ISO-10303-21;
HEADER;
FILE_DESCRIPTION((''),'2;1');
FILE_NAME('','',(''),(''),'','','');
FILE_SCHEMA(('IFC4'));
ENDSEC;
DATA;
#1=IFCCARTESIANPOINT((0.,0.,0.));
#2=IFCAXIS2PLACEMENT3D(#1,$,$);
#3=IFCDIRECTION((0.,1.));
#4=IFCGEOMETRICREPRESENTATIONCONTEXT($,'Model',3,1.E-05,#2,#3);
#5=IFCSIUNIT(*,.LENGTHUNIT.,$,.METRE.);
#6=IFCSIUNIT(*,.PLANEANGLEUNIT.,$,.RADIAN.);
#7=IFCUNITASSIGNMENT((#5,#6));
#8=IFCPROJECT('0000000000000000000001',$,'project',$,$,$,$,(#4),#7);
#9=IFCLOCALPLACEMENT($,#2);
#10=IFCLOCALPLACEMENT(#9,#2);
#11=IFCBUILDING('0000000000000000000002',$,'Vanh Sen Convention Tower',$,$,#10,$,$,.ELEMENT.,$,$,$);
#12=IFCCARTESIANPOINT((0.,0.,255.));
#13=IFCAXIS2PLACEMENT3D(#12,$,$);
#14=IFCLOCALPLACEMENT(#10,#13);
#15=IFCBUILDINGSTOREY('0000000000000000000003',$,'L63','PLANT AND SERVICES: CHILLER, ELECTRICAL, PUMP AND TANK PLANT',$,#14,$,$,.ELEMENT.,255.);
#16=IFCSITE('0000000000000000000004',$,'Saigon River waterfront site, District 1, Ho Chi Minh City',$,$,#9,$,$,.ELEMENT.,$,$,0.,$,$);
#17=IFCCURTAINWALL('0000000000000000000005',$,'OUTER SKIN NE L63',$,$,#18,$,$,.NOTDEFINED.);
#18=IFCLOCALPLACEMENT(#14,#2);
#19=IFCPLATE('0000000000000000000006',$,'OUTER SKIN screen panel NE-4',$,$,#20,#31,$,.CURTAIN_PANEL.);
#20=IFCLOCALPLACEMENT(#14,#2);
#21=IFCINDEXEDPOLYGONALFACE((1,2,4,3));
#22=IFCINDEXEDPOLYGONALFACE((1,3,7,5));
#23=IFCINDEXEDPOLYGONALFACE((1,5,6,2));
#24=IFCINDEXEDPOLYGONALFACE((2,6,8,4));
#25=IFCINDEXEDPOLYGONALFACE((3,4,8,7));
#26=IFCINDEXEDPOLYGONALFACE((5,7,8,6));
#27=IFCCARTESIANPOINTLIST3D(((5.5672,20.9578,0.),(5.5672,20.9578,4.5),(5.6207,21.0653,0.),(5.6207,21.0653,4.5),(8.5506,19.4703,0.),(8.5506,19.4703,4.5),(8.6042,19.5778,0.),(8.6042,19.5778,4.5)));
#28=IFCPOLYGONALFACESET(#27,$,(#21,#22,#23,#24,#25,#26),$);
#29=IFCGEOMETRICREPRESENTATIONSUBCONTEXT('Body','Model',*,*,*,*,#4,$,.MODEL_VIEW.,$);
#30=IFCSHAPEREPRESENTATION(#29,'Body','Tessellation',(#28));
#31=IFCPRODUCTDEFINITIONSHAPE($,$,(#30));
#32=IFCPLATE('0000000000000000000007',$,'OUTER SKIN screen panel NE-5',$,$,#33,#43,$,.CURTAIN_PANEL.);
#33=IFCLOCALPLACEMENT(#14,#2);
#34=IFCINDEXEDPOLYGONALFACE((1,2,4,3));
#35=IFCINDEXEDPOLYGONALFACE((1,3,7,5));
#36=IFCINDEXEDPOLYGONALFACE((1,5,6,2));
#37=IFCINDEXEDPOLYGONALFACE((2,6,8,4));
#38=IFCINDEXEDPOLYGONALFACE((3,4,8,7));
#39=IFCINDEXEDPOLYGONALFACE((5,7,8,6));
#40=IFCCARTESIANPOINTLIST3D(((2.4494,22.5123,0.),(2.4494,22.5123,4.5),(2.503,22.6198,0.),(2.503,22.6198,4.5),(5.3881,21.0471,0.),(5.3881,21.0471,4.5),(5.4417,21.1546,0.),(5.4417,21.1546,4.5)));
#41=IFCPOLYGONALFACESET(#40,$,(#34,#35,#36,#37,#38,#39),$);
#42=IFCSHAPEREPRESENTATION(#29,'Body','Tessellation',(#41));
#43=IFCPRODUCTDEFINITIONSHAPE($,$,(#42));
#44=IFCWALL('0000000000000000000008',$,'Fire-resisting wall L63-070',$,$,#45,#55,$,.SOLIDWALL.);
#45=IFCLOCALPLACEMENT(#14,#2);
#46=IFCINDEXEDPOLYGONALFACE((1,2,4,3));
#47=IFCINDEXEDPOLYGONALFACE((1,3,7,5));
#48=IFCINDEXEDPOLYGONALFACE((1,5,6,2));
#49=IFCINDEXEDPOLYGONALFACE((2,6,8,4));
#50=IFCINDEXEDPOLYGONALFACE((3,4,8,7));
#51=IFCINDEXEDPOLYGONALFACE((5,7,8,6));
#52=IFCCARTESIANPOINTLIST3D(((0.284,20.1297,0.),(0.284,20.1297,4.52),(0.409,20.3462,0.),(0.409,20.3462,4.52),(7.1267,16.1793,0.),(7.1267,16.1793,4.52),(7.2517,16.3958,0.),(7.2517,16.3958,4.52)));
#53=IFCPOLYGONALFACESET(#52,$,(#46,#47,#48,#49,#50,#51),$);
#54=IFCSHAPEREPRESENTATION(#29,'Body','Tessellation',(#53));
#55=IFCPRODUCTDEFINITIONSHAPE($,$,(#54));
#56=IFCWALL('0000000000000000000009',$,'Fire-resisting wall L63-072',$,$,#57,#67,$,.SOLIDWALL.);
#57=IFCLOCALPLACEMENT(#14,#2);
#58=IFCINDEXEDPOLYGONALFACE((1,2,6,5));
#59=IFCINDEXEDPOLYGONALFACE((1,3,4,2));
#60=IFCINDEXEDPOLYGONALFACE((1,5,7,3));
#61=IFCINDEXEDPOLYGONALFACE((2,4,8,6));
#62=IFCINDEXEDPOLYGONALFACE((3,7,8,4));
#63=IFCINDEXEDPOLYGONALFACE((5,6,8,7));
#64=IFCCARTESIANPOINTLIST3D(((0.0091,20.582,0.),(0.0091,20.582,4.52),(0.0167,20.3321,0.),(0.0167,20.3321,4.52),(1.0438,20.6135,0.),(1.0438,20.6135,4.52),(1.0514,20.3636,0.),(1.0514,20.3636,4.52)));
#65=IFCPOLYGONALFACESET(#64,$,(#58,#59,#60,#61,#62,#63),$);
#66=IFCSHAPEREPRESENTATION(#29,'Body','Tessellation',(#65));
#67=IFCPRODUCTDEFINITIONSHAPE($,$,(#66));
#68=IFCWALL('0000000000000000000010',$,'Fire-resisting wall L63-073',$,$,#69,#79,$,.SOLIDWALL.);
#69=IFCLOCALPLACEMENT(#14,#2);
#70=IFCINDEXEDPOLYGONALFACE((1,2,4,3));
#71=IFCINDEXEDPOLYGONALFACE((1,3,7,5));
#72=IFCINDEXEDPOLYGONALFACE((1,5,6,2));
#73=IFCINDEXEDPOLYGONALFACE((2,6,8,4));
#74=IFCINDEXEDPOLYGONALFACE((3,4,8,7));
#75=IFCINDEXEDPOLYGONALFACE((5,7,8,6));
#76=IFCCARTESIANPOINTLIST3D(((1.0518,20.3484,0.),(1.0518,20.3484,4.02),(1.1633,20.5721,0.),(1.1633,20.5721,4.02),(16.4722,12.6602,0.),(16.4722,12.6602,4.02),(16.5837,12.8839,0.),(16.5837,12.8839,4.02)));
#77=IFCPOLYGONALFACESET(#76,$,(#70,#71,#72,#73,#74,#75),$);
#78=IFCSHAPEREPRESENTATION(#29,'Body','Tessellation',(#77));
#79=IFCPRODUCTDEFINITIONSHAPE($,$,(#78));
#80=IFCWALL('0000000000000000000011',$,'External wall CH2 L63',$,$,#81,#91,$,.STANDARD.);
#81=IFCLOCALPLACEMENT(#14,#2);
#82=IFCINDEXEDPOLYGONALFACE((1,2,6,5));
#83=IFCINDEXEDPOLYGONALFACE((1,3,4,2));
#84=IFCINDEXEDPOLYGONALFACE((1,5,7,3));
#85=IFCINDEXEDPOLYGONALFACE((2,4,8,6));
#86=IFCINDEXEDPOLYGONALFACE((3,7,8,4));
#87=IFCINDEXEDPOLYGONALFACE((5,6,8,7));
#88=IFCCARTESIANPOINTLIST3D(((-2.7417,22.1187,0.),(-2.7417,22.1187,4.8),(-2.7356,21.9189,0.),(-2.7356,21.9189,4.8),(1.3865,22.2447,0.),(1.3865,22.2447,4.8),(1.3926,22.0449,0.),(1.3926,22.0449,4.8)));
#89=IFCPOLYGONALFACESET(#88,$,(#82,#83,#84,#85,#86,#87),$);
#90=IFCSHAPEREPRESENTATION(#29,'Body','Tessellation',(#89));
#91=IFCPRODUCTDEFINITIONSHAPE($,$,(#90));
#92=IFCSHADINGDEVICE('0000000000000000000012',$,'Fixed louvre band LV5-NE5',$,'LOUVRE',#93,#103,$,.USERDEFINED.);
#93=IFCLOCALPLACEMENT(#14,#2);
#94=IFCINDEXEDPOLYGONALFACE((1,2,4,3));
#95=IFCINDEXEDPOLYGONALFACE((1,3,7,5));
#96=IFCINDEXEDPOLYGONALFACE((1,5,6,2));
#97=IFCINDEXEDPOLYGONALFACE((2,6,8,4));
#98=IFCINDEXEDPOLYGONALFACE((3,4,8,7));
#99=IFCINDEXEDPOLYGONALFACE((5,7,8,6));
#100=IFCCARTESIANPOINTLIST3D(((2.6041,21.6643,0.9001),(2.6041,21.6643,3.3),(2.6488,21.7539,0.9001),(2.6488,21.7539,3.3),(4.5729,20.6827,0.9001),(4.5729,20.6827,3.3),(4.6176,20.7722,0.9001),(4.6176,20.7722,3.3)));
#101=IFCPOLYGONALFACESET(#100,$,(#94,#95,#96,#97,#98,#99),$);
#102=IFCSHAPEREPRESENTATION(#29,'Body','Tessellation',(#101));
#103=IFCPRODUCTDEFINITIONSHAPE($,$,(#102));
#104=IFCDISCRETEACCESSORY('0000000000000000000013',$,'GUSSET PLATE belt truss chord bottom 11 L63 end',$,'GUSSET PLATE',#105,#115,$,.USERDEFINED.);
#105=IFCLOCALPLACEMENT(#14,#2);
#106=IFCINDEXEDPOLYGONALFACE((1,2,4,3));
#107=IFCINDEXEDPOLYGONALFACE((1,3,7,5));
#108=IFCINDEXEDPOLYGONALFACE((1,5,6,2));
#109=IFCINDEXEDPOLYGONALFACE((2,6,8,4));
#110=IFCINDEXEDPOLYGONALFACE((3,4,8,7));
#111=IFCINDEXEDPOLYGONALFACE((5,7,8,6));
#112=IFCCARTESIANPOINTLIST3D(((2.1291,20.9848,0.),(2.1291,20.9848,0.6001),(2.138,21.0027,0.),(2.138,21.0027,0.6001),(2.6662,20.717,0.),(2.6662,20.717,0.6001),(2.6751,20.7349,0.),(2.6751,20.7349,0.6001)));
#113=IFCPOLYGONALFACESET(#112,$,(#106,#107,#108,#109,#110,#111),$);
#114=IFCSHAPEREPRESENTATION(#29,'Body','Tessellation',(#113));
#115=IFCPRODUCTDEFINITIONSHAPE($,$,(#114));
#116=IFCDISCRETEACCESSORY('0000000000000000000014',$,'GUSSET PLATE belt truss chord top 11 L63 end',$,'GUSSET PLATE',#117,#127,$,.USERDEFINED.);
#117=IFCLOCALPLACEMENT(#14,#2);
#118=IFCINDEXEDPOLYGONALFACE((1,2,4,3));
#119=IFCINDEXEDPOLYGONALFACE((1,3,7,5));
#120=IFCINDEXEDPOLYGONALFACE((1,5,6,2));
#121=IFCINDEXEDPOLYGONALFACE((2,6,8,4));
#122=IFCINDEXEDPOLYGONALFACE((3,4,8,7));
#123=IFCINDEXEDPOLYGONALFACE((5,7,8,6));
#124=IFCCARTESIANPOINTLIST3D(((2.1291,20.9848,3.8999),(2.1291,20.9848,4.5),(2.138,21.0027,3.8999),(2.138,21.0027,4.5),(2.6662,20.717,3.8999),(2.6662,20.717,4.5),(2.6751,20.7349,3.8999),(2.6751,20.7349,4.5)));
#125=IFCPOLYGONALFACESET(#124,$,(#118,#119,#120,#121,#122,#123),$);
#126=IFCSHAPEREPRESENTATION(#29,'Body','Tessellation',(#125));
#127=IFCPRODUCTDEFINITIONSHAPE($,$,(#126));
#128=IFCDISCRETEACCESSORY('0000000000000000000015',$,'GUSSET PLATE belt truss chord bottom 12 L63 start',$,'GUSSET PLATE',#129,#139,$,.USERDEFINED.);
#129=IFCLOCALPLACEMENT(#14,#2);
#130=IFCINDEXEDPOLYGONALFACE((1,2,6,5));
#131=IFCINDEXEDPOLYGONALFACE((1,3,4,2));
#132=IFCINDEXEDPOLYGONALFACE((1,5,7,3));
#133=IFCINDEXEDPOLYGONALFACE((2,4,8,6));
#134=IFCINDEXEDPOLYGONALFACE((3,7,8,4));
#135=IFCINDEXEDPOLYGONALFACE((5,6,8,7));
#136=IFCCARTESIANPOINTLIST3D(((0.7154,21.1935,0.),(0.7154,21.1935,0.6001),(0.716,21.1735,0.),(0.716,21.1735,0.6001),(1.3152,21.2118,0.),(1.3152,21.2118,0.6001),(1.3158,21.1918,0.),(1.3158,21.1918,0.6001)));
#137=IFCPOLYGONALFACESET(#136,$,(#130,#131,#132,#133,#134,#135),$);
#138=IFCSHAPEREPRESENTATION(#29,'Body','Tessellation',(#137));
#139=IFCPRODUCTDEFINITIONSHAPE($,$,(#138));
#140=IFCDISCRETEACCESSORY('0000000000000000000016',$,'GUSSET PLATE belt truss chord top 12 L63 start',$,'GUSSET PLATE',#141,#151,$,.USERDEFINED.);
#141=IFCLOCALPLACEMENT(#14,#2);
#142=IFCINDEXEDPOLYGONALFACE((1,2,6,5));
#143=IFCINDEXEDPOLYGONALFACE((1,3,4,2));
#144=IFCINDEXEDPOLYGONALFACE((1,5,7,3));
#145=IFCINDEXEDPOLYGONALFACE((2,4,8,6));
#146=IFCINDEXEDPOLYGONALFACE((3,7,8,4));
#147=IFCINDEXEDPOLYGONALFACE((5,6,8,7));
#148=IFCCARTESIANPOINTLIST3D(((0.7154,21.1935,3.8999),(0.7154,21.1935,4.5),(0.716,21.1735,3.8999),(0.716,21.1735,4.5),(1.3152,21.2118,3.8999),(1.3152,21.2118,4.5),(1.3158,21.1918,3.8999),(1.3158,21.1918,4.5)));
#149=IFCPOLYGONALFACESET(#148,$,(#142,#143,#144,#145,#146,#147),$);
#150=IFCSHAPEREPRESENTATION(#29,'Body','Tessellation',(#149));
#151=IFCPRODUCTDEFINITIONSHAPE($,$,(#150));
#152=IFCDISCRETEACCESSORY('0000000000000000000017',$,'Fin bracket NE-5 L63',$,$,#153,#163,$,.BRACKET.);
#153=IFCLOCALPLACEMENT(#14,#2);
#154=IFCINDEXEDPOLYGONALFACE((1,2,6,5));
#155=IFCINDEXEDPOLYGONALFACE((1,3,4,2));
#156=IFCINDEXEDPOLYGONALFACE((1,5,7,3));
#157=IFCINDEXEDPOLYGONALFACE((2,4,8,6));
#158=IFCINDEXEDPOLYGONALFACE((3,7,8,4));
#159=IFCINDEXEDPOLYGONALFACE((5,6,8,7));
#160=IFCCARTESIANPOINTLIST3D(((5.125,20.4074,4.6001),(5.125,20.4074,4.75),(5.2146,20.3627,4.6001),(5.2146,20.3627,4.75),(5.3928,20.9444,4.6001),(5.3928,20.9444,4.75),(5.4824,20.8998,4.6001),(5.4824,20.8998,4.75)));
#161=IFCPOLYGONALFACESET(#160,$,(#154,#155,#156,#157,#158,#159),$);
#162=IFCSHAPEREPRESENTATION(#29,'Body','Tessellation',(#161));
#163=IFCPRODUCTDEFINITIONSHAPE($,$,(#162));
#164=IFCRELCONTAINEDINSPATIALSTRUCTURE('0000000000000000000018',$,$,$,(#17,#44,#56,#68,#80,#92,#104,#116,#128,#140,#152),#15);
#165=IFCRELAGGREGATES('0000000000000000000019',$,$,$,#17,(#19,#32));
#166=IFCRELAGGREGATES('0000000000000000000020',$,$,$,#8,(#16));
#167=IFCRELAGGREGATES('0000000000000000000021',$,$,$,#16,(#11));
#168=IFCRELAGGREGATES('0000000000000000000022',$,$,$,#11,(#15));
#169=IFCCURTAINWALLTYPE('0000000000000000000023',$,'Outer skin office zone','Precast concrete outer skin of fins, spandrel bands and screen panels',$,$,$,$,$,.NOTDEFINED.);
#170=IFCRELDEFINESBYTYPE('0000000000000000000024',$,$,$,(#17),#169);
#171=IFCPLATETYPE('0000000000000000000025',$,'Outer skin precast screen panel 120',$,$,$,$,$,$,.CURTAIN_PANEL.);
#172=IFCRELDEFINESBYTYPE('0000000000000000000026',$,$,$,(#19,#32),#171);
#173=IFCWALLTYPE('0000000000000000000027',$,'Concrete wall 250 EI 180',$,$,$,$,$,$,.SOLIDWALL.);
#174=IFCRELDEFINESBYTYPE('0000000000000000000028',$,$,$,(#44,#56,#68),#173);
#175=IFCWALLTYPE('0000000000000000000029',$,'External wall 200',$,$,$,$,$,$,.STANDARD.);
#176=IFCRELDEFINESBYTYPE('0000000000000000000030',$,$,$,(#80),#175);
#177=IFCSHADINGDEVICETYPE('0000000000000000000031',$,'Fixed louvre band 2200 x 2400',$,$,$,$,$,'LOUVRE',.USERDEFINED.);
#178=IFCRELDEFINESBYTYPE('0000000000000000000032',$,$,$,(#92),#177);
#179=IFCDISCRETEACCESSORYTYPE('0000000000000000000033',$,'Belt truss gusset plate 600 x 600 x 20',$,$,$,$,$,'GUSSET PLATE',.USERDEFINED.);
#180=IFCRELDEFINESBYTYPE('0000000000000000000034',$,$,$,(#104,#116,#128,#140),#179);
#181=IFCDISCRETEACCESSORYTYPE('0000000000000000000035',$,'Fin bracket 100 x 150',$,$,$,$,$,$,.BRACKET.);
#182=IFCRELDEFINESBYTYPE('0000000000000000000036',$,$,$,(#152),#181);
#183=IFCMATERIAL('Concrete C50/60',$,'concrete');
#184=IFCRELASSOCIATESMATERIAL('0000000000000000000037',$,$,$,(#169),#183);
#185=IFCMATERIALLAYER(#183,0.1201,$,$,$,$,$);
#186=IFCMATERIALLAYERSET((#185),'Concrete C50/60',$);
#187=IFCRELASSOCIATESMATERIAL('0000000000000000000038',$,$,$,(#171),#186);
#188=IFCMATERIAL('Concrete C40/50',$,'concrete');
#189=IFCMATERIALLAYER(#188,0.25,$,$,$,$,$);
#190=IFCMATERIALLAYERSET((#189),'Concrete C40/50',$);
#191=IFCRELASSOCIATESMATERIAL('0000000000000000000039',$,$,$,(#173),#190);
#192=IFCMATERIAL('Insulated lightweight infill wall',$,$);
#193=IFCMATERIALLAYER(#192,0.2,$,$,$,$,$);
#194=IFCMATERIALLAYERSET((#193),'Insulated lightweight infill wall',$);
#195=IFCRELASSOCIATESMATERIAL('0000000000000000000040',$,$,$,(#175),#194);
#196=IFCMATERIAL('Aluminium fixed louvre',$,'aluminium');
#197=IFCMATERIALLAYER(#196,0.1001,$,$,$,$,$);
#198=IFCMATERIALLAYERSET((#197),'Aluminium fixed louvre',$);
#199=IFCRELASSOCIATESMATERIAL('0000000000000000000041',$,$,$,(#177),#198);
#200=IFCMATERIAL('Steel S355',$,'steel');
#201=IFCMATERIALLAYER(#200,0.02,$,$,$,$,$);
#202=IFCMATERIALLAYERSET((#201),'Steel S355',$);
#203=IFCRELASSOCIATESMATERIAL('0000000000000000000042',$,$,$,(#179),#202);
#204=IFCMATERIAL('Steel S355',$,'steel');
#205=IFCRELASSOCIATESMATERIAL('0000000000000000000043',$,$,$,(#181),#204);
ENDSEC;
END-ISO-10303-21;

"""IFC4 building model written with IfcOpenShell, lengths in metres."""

from ifc_helpers import new_model, si_unit, direction, frame, frame_2d, origin, origin_2d, place, context, subcontext, project, spatial, rectangle, extrude, material, layer, layer_set, type_object, element, aggregate, save


model = new_model("IFC4")

# Units and contexts
model_context = context("Model", 3, precision=1e-05, world=origin(), true_north=direction((0.0, 1.0)))
body_context = subcontext(model_context, "Body", "Model", "MODEL_VIEW")
ifc_project = project(units=[si_unit("LENGTHUNIT", "METRE"), si_unit("PLANEANGLEUNIT", "RADIAN")], contexts=[model_context])

# Site, building, storey
site_placement = place(None, origin())
site = spatial("IfcSite", under=ifc_project, at=site_placement, Name="Saigon River waterfront site, District 1, Ho Chi Minh City", CompositionType="ELEMENT", RefElevation=0.0)
building_placement = place(site_placement, origin())
building = spatial("IfcBuilding", under=site, at=building_placement, Name="Vanh Sen Convention Tower", CompositionType="ELEMENT")
storey_placement = place(building_placement, frame((0.0, 0.0, 255.0)))
storey = spatial("IfcBuildingStorey", under=building, at=storey_placement, Name="L63", Description="PLANT AND SERVICES: CHILLER, ELECTRICAL, PUMP AND TANK PLANT", CompositionType="ELEMENT", Elevation=255.0)

# Shared definitions
ifc_material_1 = material(Name="Steel S355", Category="steel")

# Curtain wall
ifc_material_2 = material(Name="Concrete C50/60", Category="concrete")
curtain_wall_type = type_object("IfcCurtainWallType", Name="Outer skin office zone", Description="Precast concrete outer skin of fins, spandrel bands and screen panels", PredefinedType="NOTDEFINED", material=ifc_material_2)
curtain_wall_1_placement = place(storey_placement, origin())
curtain_wall_1 = element("IfcCurtainWall", 1, at=curtain_wall_1_placement, inside=storey, type_object=curtain_wall_type, Name="OUTER SKIN NE L63", PredefinedType="NOTDEFINED")

# Plates
ifc_layer_1 = layer(ifc_material_2, 0.1201)
ifc_layer_set_1 = layer_set([ifc_layer_1], Name="Concrete C50/60")
plate_type = type_object("IfcPlateType", Name="Outer skin precast screen panel 120", PredefinedType="CURTAIN_PANEL", material=ifc_layer_set_1)
plate_1_placement = place(storey_placement, frame((7.0857, 20.2678, 0.0), z_axis=(0.0, 0.0, 1.0), x_axis=(-0.894936, 0.446195, 0.0)))
plate_1 = element("IfcPlate", 2, at=plate_1_placement, type_object=plate_type, Name="OUTER SKIN screen panel NE-4", PredefinedType="CURTAIN_PANEL", context=body_context, shape_type="SweptSolid", body=[
    extrude(rectangle(XDim=3.3337, YDim=0.1201, at=origin_2d()), origin(), (0.0, 0.0, 1.0), 4.5),
])
plate_2_placement = place(storey_placement, frame((3.9456, 21.8335, 0.0), z_axis=(0.0, 0.0, 1.0), x_axis=(-0.89493, 0.446206, 0.0)))
plate_2 = element("IfcPlate", 3, at=plate_2_placement, type_object=plate_type, Name="OUTER SKIN screen panel NE-5", PredefinedType="CURTAIN_PANEL", context=body_context, shape_type="SweptSolid", body=[
    extrude(rectangle(XDim=3.2837, YDim=0.1201, at=origin_2d()), origin(), (0.0, 0.0, 1.0), 4.5),
])
aggregate(curtain_wall_1, [plate_1, plate_2])

# Walls
ifc_material_3 = material(Name="Concrete C40/50", Category="concrete")
ifc_layer_2 = layer(ifc_material_3, 0.25)
ifc_layer_set_2 = layer_set([ifc_layer_2], Name="Concrete C40/50")
wall_type_1 = type_object("IfcWallType", Name="Concrete wall 250 EI 180", PredefinedType="SOLIDWALL", material=ifc_layer_set_2)
wall_1_placement = place(storey_placement, frame((0.3464, 20.238, 0.0), z_axis=(0.0, 0.0, 1.0), x_axis=(0.866038, -0.499977, 0.0)))
element("IfcWall", 4, at=wall_1_placement, inside=storey, type_object=wall_type_1, Name="Fire-resisting wall L63-070", PredefinedType="SOLIDWALL", context=body_context, shape_type="SweptSolid", body=[
    extrude(rectangle(XDim=7.9011, YDim=0.25, at=frame_2d((3.9507, 0.0))), origin(), (0.0, 0.0, 1.0), 4.52),
])
wall_2_placement = place(storey_placement, frame((0.0129, 20.457, 0.0), z_axis=(0.0, 0.0, 1.0), x_axis=(0.999537, 0.030425, 0.0)))
element("IfcWall", 5, at=wall_2_placement, inside=storey, type_object=wall_type_1, Name="Fire-resisting wall L63-072", PredefinedType="SOLIDWALL", context=body_context, shape_type="SweptSolid", body=[
    extrude(rectangle(XDim=1.0352, YDim=0.25, at=frame_2d((0.5176, 0.0))), origin(), (0.0, 0.0, 1.0), 4.52),
])
wall_3_placement = place(storey_placement, frame((1.1077, 20.4602, 0.0), z_axis=(0.0, 0.0, 1.0), x_axis=(0.894937, -0.446193, 0.0)))
element("IfcWall", 6, at=wall_3_placement, inside=storey, type_object=wall_type_1, Name="Fire-resisting wall L63-073", PredefinedType="SOLIDWALL", context=body_context, shape_type="SweptSolid", body=[
    extrude(rectangle(XDim=17.2307, YDim=0.25, at=frame_2d((8.6152, 0.0))), origin(), (0.0, 0.0, 1.0), 4.02),
])
ifc_material_4 = material(Name="Insulated lightweight infill wall")
ifc_layer_3 = layer(ifc_material_4, 0.2)
ifc_layer_set_3 = layer_set([ifc_layer_3], Name="Insulated lightweight infill wall")
wall_type_2 = type_object("IfcWallType", Name="External wall 200", PredefinedType="STANDARD", material=ifc_layer_set_3)
wall_4_placement = place(storey_placement, frame((1.3894, 22.1448, 0.0), z_axis=(0.0, 0.0, 1.0), x_axis=(-0.999535, -0.030502, 0.0)))
element("IfcWall", 7, at=wall_4_placement, inside=storey, type_object=wall_type_2, Name="External wall CH2 L63", PredefinedType="STANDARD", context=body_context, shape_type="SweptSolid", body=[
    extrude(rectangle(XDim=4.1301, YDim=0.2, at=frame_2d((2.0649, 0.0))), origin(), (0.0, 0.0, 1.0), 4.8),
])

# Shading device
ifc_material_5 = material(Name="Aluminium fixed louvre", Category="aluminium")
ifc_layer_4 = layer(ifc_material_5, 0.1001)
ifc_layer_set_4 = layer_set([ifc_layer_4], Name="Aluminium fixed louvre")
shading_device_type = type_object("IfcShadingDeviceType", Name="Fixed louvre band 2200 x 2400", ElementType="LOUVRE", PredefinedType="USERDEFINED", material=ifc_layer_set_4)
shading_device_placement = place(storey_placement, frame((3.6108, 21.2183, 0.9001), z_axis=(0.0, 0.0, 1.0), x_axis=(-0.894935, 0.446196, 0.0)))
element("IfcShadingDevice", 8, at=shading_device_placement, inside=storey, type_object=shading_device_type, Name="Fixed louvre band LV5-NE5", ObjectType="LOUVRE", PredefinedType="USERDEFINED", context=body_context, shape_type="SweptSolid", body=[
    extrude(rectangle(XDim=2.2, YDim=0.1001, at=origin_2d()), origin(), (0.0, 0.0, 1.0), 2.3999),
])

# Discrete accessories
ifc_layer_5 = layer(ifc_material_1, 0.02)
ifc_layer_set_5 = layer_set([ifc_layer_5], Name="Steel S355")
discrete_accessory_type_1 = type_object("IfcDiscreteAccessoryType", Name="Belt truss gusset plate 600 x 600 x 20", ElementType="GUSSET PLATE", PredefinedType="USERDEFINED", material=ifc_layer_set_5)
for number, where, z_axis, x_axis, name in (
    (9, (2.4021, 20.8599, 0.0), (0.0, 0.0, 1.0), (0.89493, -0.446206, 0.0), "GUSSET PLATE belt truss chord bottom 11 L63 end"),
    (10, (2.4021, 20.8599, 3.8999), (0.0, 0.0, 1.0), (0.89493, -0.446206, 0.0), "GUSSET PLATE belt truss chord top 11 L63 end"),
    (11, (1.0156, 21.1926, 0.0), (0.0, 0.0, 1.0), (-0.999533, -0.030545, 0.0), "GUSSET PLATE belt truss chord bottom 12 L63 start"),
    (12, (1.0156, 21.1926, 3.8999), (0.0, 0.0, 1.0), (-0.999533, -0.030545, 0.0), "GUSSET PLATE belt truss chord top 12 L63 start"),
):
    element("IfcDiscreteAccessory", number, at=place(storey_placement, frame(where, z_axis=z_axis, x_axis=x_axis)), inside=storey, type_object=discrete_accessory_type_1, Name=name, ObjectType="GUSSET PLATE", PredefinedType="USERDEFINED", context=body_context, shape_type="SweptSolid", body=[
        extrude(rectangle(XDim=0.6001, YDim=0.02, at=origin_2d()), origin(), (0.0, 0.0, 1.0), 0.6001),
    ])
ifc_material_6 = material(Name="Steel S355", Category="steel")
discrete_accessory_type_2 = type_object("IfcDiscreteAccessoryType", Name="Fin bracket 100 x 150", PredefinedType="BRACKET", material=ifc_material_6)
discrete_accessory_placement = place(storey_placement, frame((5.3037, 20.6536, 4.6001), z_axis=(0.0, 0.0, 1.0), x_axis=(0.446198, 0.894934, 0.0)))
element("IfcDiscreteAccessory", 13, at=discrete_accessory_placement, inside=storey, type_object=discrete_accessory_type_2, Name="Fin bracket NE-5 L63", PredefinedType="BRACKET", context=body_context, shape_type="SweptSolid", body=[
    extrude(rectangle(XDim=0.6001, YDim=0.1001, at=origin_2d()), origin(), (0.0, 0.0, 1.0), 0.1499),
])

save(model, "model.ifc")
